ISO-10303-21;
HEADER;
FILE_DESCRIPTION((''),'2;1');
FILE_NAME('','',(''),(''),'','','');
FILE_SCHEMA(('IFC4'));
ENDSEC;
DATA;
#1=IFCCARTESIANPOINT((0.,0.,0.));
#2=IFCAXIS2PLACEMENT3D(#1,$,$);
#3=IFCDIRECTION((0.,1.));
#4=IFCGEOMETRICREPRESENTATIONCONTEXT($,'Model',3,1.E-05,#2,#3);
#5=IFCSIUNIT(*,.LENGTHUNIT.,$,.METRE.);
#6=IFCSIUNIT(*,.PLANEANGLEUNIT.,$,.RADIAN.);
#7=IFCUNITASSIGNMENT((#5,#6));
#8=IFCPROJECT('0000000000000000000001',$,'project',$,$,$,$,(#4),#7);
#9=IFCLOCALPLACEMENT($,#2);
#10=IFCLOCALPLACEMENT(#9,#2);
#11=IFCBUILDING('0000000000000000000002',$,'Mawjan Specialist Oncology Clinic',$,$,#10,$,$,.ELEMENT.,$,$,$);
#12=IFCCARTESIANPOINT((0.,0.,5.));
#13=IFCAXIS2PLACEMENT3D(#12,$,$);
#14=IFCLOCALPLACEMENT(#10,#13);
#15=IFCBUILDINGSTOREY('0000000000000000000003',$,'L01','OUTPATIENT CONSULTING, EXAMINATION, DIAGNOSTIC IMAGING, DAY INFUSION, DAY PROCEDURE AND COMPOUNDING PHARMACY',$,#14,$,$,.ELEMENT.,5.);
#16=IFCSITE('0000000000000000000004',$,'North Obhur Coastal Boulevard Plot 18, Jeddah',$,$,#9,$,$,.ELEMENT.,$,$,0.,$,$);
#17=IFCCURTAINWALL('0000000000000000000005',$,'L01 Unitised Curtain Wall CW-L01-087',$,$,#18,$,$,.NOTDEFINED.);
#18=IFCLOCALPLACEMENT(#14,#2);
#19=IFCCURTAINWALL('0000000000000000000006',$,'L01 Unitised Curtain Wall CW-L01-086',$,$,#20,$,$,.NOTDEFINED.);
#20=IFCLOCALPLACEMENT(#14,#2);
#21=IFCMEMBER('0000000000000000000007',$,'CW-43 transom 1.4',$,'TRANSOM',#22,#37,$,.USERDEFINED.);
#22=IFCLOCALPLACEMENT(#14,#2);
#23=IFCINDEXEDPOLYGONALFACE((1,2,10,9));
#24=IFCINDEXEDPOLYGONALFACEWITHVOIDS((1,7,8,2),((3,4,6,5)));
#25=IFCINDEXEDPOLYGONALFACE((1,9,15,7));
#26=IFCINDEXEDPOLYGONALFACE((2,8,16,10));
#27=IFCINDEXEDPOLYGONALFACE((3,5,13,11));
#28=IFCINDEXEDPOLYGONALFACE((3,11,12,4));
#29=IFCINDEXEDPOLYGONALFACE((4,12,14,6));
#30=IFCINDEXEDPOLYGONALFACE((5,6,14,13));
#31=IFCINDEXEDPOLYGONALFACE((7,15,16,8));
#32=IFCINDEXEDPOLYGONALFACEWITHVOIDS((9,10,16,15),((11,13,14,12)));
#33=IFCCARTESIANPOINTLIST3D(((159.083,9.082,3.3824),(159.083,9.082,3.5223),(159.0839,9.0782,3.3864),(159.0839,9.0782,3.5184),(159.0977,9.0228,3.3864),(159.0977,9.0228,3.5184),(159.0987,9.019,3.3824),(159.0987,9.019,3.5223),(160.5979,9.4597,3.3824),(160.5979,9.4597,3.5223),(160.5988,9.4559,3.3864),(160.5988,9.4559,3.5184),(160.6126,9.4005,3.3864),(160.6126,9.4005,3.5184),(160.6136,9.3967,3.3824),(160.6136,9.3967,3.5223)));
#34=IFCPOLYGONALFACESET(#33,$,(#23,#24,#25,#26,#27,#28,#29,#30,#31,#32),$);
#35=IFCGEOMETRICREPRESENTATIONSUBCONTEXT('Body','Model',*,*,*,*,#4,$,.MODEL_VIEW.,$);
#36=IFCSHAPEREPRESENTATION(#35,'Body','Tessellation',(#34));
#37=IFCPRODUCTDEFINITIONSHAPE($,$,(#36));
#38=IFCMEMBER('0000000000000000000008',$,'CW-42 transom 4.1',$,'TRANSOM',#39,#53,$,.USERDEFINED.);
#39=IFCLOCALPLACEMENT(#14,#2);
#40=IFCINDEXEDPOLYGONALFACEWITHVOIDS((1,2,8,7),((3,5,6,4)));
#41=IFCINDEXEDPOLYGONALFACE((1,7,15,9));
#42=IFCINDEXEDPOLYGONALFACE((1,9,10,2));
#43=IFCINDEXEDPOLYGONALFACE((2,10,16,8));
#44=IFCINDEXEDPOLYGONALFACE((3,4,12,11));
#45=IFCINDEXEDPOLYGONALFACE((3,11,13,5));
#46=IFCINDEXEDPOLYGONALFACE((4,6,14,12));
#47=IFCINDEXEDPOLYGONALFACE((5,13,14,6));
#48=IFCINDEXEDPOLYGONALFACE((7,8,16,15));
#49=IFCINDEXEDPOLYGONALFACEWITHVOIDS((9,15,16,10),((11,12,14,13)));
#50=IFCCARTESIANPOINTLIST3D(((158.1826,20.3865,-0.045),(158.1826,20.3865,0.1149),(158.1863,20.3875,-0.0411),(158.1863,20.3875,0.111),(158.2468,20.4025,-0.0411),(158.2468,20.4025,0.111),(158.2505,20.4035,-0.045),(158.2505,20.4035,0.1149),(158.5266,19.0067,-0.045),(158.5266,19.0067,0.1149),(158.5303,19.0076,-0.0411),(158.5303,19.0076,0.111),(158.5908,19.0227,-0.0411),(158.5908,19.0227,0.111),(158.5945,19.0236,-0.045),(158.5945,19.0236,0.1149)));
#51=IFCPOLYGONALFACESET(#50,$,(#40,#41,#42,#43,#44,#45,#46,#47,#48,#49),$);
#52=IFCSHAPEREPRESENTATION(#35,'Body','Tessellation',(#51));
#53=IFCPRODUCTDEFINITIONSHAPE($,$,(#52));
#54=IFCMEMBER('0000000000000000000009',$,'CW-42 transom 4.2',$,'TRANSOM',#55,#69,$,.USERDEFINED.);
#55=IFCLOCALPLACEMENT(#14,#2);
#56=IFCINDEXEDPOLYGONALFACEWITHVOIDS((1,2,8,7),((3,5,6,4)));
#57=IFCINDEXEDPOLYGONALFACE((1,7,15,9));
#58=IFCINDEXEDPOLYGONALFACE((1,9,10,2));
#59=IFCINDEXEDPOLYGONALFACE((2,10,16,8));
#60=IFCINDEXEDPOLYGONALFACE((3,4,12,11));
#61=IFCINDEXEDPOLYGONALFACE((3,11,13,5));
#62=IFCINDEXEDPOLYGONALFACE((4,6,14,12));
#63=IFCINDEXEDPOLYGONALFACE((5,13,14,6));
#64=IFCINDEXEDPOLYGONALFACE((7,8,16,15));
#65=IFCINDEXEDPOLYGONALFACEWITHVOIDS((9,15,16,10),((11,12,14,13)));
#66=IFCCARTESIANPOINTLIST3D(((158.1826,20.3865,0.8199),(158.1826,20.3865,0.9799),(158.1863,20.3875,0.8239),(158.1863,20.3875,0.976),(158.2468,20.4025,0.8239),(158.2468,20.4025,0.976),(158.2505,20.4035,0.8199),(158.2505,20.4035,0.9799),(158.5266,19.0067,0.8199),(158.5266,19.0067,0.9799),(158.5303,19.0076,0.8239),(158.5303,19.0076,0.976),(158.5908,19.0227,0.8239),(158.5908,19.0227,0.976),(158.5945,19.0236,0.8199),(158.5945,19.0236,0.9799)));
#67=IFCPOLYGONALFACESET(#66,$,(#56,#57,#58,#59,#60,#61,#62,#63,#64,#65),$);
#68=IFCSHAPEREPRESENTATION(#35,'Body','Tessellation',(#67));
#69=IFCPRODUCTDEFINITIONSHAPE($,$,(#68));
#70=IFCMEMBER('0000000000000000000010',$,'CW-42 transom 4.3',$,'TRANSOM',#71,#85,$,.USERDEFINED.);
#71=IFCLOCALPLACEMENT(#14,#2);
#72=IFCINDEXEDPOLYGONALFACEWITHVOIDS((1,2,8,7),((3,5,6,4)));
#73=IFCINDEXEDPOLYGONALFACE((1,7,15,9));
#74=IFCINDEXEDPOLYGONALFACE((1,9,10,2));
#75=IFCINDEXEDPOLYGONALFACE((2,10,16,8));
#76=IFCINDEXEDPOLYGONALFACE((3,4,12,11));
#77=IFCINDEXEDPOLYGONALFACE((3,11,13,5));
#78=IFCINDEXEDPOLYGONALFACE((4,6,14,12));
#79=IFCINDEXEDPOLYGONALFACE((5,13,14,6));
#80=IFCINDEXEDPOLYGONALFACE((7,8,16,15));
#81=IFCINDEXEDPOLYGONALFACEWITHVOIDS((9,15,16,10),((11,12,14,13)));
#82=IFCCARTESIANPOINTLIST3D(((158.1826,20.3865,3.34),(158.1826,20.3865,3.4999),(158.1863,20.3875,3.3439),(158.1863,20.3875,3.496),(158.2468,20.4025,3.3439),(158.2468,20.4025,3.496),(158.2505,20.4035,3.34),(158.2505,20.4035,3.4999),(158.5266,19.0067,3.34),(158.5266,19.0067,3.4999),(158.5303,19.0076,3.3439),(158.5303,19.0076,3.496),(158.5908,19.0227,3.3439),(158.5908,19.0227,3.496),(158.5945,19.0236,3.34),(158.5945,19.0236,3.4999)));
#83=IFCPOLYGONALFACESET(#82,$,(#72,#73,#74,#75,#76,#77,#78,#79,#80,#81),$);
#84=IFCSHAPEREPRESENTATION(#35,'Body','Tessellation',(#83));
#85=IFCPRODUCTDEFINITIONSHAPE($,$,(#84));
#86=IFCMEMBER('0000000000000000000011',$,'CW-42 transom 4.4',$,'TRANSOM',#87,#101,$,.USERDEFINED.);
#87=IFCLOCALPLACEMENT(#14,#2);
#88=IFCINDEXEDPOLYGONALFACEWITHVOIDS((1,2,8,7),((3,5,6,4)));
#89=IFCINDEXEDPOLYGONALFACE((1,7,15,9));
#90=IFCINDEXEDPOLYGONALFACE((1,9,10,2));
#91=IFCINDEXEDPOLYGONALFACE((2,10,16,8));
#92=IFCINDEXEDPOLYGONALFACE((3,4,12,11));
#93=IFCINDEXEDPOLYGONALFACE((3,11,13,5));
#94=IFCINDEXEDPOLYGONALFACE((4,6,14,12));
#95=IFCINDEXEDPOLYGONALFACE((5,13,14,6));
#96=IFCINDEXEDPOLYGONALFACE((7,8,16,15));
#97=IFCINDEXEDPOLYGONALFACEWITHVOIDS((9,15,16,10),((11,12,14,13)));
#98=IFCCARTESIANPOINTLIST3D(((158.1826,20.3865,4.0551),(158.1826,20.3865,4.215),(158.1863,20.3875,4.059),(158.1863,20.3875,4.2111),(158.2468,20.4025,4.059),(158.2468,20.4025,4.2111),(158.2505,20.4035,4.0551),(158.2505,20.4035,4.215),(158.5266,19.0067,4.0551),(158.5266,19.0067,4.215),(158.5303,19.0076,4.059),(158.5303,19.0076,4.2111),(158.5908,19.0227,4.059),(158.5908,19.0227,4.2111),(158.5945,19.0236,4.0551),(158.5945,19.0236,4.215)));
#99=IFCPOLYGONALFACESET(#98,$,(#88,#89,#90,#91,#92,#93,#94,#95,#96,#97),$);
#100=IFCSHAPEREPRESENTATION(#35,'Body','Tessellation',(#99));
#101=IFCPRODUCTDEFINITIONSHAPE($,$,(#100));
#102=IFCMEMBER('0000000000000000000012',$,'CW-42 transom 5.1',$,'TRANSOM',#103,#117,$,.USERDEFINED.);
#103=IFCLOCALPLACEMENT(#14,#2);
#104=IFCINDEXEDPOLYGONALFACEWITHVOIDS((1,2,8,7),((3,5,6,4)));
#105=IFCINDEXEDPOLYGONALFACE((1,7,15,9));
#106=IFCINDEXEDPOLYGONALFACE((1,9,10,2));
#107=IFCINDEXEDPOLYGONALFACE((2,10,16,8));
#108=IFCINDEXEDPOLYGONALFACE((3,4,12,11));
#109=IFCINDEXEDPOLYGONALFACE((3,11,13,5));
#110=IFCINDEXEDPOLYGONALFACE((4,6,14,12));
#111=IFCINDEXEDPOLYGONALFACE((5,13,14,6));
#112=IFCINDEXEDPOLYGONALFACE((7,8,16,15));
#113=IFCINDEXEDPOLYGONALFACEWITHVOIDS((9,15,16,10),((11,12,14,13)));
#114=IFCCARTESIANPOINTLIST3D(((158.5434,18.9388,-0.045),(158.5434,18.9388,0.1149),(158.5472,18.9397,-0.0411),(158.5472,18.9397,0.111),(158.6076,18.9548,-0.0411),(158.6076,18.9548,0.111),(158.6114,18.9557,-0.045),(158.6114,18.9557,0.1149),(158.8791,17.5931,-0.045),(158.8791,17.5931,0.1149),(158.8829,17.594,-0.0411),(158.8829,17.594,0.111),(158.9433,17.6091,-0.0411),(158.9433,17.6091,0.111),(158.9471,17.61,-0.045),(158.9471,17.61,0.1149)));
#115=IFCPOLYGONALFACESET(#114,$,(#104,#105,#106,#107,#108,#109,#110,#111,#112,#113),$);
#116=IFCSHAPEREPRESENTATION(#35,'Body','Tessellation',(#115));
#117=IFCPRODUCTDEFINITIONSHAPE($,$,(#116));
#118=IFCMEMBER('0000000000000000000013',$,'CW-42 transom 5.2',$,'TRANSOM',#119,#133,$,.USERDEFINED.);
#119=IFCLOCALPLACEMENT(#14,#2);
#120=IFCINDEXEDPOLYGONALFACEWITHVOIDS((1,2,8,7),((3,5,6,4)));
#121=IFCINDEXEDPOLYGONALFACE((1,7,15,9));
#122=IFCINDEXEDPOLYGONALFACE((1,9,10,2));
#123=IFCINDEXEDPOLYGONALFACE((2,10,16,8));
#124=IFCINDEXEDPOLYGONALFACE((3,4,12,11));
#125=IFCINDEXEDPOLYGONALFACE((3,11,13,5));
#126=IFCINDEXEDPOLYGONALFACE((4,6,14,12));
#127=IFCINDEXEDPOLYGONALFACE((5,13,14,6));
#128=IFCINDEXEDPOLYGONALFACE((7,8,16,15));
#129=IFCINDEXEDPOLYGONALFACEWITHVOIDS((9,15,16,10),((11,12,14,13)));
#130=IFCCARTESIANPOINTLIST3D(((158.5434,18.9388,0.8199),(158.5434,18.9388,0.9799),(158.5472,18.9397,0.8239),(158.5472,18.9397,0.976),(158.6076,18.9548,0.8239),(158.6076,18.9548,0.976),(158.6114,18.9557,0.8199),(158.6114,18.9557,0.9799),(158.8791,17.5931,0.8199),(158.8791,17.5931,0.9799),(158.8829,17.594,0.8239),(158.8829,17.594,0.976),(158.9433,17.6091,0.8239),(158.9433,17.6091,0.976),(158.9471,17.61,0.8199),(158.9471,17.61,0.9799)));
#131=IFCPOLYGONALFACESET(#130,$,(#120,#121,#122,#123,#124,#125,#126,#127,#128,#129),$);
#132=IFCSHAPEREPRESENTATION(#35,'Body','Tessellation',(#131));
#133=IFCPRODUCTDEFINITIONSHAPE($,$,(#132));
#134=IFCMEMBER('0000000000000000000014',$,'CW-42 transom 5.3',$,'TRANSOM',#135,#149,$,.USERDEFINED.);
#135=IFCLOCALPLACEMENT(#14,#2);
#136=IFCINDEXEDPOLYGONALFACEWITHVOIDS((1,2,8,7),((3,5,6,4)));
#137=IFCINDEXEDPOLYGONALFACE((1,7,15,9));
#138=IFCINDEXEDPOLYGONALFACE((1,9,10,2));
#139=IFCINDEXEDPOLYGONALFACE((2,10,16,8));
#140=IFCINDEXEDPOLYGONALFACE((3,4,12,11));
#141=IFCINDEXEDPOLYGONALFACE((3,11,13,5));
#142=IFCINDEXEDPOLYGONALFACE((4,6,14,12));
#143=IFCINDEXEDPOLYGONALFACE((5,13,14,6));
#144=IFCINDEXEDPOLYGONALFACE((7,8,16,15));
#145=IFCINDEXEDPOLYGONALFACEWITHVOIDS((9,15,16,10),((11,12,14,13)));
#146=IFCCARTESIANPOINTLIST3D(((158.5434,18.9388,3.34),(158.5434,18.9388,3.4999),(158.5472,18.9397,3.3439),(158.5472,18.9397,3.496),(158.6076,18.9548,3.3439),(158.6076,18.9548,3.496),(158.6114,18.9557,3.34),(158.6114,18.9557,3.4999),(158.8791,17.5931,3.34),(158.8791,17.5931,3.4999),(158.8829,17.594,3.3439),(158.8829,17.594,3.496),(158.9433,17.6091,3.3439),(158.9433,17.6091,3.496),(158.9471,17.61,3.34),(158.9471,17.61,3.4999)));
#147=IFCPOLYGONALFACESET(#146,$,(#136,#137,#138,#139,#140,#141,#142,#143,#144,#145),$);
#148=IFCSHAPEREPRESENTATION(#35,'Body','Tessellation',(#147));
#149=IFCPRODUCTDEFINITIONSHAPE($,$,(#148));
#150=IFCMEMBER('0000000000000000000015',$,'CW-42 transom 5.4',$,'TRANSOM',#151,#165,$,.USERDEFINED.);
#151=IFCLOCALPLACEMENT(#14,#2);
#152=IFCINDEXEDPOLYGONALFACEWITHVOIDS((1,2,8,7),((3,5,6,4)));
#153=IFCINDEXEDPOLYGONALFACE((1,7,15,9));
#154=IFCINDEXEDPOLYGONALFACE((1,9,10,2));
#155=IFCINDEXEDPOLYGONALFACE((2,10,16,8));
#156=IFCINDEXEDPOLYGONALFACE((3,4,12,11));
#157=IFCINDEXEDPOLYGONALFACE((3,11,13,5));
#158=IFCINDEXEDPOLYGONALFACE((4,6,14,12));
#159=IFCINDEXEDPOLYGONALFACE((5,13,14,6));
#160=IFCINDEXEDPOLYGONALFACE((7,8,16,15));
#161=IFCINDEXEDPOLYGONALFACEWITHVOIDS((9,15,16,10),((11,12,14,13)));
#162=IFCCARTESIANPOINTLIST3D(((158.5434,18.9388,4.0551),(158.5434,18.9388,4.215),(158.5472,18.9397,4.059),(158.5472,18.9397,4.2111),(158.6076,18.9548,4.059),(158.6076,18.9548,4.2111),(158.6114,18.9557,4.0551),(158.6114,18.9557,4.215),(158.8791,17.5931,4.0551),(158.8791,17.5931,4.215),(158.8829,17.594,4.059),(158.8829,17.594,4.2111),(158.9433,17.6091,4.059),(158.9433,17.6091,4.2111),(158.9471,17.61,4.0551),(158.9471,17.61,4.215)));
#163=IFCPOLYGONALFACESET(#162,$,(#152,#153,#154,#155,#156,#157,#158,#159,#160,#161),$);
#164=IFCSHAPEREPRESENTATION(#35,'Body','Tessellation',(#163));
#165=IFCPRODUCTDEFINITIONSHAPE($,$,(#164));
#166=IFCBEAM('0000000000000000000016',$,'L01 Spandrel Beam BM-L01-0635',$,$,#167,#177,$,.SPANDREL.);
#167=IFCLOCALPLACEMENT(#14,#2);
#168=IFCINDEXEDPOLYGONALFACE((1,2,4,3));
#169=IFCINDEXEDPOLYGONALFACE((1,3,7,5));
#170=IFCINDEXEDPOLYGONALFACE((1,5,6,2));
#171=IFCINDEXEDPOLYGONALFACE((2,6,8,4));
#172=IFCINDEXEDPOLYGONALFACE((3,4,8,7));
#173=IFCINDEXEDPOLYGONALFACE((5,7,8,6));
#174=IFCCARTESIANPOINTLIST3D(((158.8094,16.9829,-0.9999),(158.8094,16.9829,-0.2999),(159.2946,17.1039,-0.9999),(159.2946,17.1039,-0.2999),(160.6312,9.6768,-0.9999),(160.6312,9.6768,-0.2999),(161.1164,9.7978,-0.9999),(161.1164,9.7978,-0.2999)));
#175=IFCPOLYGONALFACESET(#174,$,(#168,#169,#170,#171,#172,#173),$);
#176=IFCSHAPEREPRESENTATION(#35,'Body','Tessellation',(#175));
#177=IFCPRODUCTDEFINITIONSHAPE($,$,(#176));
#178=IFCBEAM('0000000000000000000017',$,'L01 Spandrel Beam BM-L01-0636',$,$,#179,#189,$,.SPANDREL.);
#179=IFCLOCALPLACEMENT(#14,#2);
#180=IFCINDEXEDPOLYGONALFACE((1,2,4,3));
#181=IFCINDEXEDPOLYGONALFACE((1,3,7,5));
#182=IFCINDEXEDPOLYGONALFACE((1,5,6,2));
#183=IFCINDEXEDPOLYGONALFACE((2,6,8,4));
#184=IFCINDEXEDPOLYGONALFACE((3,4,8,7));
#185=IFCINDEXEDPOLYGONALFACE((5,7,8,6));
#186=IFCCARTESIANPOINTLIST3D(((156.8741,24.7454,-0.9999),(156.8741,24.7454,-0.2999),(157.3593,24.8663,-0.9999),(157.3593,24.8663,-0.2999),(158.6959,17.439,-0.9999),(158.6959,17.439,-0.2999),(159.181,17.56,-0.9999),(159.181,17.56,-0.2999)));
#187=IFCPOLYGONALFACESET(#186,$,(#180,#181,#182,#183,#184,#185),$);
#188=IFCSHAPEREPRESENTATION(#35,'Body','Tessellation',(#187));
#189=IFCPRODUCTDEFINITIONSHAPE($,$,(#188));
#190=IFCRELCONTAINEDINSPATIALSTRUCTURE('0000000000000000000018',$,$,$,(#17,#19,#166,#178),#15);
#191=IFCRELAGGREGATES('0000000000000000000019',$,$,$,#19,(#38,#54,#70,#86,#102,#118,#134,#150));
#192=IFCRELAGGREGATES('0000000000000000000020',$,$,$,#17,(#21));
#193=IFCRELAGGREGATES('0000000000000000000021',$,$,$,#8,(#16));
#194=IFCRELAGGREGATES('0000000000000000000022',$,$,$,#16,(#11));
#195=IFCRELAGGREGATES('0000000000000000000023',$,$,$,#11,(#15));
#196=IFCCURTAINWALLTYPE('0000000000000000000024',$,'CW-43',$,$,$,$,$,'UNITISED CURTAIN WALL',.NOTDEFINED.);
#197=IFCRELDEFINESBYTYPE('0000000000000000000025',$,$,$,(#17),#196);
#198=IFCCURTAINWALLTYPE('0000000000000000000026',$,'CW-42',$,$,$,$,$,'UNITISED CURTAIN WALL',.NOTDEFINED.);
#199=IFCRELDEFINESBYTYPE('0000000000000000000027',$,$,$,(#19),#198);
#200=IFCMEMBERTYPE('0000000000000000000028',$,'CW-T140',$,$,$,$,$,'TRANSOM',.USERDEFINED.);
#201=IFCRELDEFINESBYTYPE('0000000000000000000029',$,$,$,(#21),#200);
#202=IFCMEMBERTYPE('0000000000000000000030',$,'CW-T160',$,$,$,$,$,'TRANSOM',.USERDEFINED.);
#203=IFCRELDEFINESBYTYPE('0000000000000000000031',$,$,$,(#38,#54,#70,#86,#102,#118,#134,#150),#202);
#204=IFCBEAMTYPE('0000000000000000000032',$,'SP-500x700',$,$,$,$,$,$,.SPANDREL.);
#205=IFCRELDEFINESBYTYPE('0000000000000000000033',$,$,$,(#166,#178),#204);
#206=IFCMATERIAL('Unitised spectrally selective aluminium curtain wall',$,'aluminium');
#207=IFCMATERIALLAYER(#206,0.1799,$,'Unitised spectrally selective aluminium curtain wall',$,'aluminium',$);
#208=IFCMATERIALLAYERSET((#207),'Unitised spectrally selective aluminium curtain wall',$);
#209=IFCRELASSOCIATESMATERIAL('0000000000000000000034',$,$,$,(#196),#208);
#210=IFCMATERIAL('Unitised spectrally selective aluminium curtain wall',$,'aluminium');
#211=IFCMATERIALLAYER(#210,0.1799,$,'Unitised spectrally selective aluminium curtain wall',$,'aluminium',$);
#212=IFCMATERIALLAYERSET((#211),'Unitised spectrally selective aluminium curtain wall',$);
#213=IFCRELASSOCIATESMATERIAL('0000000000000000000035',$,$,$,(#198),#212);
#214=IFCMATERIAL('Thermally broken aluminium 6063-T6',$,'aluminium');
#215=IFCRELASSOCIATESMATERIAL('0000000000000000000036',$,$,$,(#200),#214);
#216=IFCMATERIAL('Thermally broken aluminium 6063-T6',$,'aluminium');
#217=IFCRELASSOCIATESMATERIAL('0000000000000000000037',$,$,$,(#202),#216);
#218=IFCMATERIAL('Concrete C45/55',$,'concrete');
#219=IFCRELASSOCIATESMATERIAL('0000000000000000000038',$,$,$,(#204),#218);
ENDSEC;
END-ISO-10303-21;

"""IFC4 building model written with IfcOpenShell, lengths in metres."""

from ifc_helpers import new_model, si_unit, direction, frame, origin, origin_2d, place, context, subcontext, project, spatial, rectangle, hollow_rectangle, extrude, material, layer, layer_set, material_profile, profile_set, type_object, element, aggregate, save


model = new_model("IFC4")

# Units and contexts
model_context = context("Model", 3, precision=1e-05, world=origin(), true_north=direction((0.0, 1.0)))
body_context = subcontext(model_context, "Body", "Model", "MODEL_VIEW")
ifc_project = project(units=[si_unit("LENGTHUNIT", "METRE"), si_unit("PLANEANGLEUNIT", "RADIAN")], contexts=[model_context])

# Site, building, storey
site_placement = place(None, origin())
site = spatial("IfcSite", under=ifc_project, at=site_placement, Name="North Obhur Coastal Boulevard Plot 18, Jeddah", CompositionType="ELEMENT", RefElevation=0.0)
building_placement = place(site_placement, origin())
building = spatial("IfcBuilding", under=site, at=building_placement, Name="Mawjan Specialist Oncology Clinic", CompositionType="ELEMENT")
storey_placement = place(building_placement, frame((0.0, 0.0, 5.0)))
storey = spatial("IfcBuildingStorey", under=building, at=storey_placement, Name="L01", Description="OUTPATIENT CONSULTING, EXAMINATION, DIAGNOSTIC IMAGING, DAY INFUSION, DAY PROCEDURE AND COMPOUNDING PHARMACY", CompositionType="ELEMENT", Elevation=5.0)

# Curtain wall
ifc_material_1 = material(Name="Unitised spectrally selective aluminium curtain wall", Category="aluminium")
ifc_layer_1 = layer(ifc_material_1, 0.1799, Name="Unitised spectrally selective aluminium curtain wall", Category="aluminium")
ifc_layer_set_1 = layer_set([ifc_layer_1], Name="Unitised spectrally selective aluminium curtain wall")
curtain_wall_type_1 = type_object("IfcCurtainWallType", Name="CW-43", ElementType="UNITISED CURTAIN WALL", PredefinedType="NOTDEFINED", material=ifc_layer_set_1)
curtain_wall_1_placement = place(storey_placement, origin())
curtain_wall_1 = element("IfcCurtainWall", 1, at=curtain_wall_1_placement, inside=storey, type_object=curtain_wall_type_1, Name="L01 Unitised Curtain Wall CW-L01-087", PredefinedType="NOTDEFINED")

# Curtain wall
ifc_material_2 = material(Name="Unitised spectrally selective aluminium curtain wall", Category="aluminium")
ifc_layer_2 = layer(ifc_material_2, 0.1799, Name="Unitised spectrally selective aluminium curtain wall", Category="aluminium")
ifc_layer_set_2 = layer_set([ifc_layer_2], Name="Unitised spectrally selective aluminium curtain wall")
curtain_wall_type_2 = type_object("IfcCurtainWallType", Name="CW-42", ElementType="UNITISED CURTAIN WALL", PredefinedType="NOTDEFINED", material=ifc_layer_set_2)
curtain_wall_2_placement = place(storey_placement, origin())
curtain_wall_2 = element("IfcCurtainWall", 2, at=curtain_wall_2_placement, inside=storey, type_object=curtain_wall_type_2, Name="L01 Unitised Curtain Wall CW-L01-086", PredefinedType="NOTDEFINED")

# Members
ifc_material_3 = material(Name="Thermally broken aluminium 6063-T6", Category="aluminium")
ifc_material_profile_1 = material_profile(ifc_material_3, hollow_rectangle(XDim=0.0649, YDim=0.1399, WallThickness=0.0039, at=origin_2d()), Name="ALU TRANSOM 140x65x4", Category="aluminium")
ifc_profile_set_1 = profile_set([ifc_material_profile_1], Name="Thermally broken aluminium 6063-T6")
member_type_1 = type_object("IfcMemberType", Name="CW-T140", ElementType="TRANSOM", PredefinedType="USERDEFINED", material=ifc_profile_set_1)
member_1_placement = place(storey_placement, frame((160.6057, 9.4282, 3.4524), z_axis=(-0.970299, -0.24191, 0.0), x_axis=(0.24191, -0.970299, 0.0)))
member_1 = element("IfcMember", 3, at=member_1_placement, type_object=member_type_1, Name="CW-43 transom 1.4", ObjectType="TRANSOM", PredefinedType="USERDEFINED", context=body_context, shape_type="SweptSolid", body=[
    extrude(hollow_rectangle(XDim=0.0649, YDim=0.1399, WallThickness=0.0039, at=origin_2d()), origin(), (0.0, 0.0, 1.0), 1.5613),
])
ifc_material_4 = material(Name="Thermally broken aluminium 6063-T6", Category="aluminium")
ifc_material_profile_2 = material_profile(ifc_material_4, hollow_rectangle(XDim=0.0701, YDim=0.1599, WallThickness=0.0039, at=origin_2d()), Name="ALU TRANSOM 160x70x4", Category="aluminium")
ifc_profile_set_2 = profile_set([ifc_material_profile_2], Name="Thermally broken aluminium 6063-T6")
member_type_2 = type_object("IfcMemberType", Name="CW-T160", ElementType="TRANSOM", PredefinedType="USERDEFINED", material=ifc_profile_set_2)
member_2_placement = place(storey_placement, frame((158.2166, 20.395, 0.0349), z_axis=(0.241889, -0.970304, 0.0), x_axis=(0.970304, 0.241889, 0.0)))
member_2 = element("IfcMember", 4, at=member_2_placement, type_object=member_type_2, Name="CW-42 transom 4.1", ObjectType="TRANSOM", PredefinedType="USERDEFINED", context=body_context, shape_type="SweptSolid", body=[
    extrude(hollow_rectangle(XDim=0.0701, YDim=0.1599, WallThickness=0.0039, at=origin_2d()), origin(), (0.0, 0.0, 1.0), 1.4221),
])
member_3_placement = place(storey_placement, frame((158.2166, 20.395, 0.8999), z_axis=(0.241889, -0.970304, 0.0), x_axis=(0.970304, 0.241889, 0.0)))
member_3 = element("IfcMember", 5, at=member_3_placement, type_object=member_type_2, Name="CW-42 transom 4.2", ObjectType="TRANSOM", PredefinedType="USERDEFINED", context=body_context, shape_type="SweptSolid", body=[
    extrude(hollow_rectangle(XDim=0.0701, YDim=0.1599, WallThickness=0.0039, at=origin_2d()), origin(), (0.0, 0.0, 1.0), 1.4221),
])
member_4_placement = place(storey_placement, frame((158.2166, 20.395, 3.4199), z_axis=(0.241889, -0.970304, 0.0), x_axis=(0.970304, 0.241889, 0.0)))
member_4 = element("IfcMember", 6, at=member_4_placement, type_object=member_type_2, Name="CW-42 transom 4.3", ObjectType="TRANSOM", PredefinedType="USERDEFINED", context=body_context, shape_type="SweptSolid", body=[
    extrude(hollow_rectangle(XDim=0.0701, YDim=0.1599, WallThickness=0.0039, at=origin_2d()), origin(), (0.0, 0.0, 1.0), 1.4221),
])
member_5_placement = place(storey_placement, frame((158.2166, 20.395, 4.135), z_axis=(0.241889, -0.970304, 0.0), x_axis=(0.970304, 0.241889, 0.0)))
member_5 = element("IfcMember", 7, at=member_5_placement, type_object=member_type_2, Name="CW-42 transom 4.4", ObjectType="TRANSOM", PredefinedType="USERDEFINED", context=body_context, shape_type="SweptSolid", body=[
    extrude(hollow_rectangle(XDim=0.0701, YDim=0.1599, WallThickness=0.0039, at=origin_2d()), origin(), (0.0, 0.0, 1.0), 1.4221),
])
member_6_placement = place(storey_placement, frame((158.5774, 18.9473, 0.0349), z_axis=(0.242039, -0.970267, 0.0), x_axis=(0.970267, 0.242039, 0.0)))
member_6 = element("IfcMember", 8, at=member_6_placement, type_object=member_type_2, Name="CW-42 transom 5.1", ObjectType="TRANSOM", PredefinedType="USERDEFINED", context=body_context, shape_type="SweptSolid", body=[
    extrude(hollow_rectangle(XDim=0.0701, YDim=0.1599, WallThickness=0.0039, at=origin_2d()), origin(), (0.0, 0.0, 1.0), 1.387),
])
member_7_placement = place(storey_placement, frame((158.5774, 18.9473, 0.8999), z_axis=(0.242039, -0.970267, 0.0), x_axis=(0.970267, 0.242039, 0.0)))
member_7 = element("IfcMember", 9, at=member_7_placement, type_object=member_type_2, Name="CW-42 transom 5.2", ObjectType="TRANSOM", PredefinedType="USERDEFINED", context=body_context, shape_type="SweptSolid", body=[
    extrude(hollow_rectangle(XDim=0.0701, YDim=0.1599, WallThickness=0.0039, at=origin_2d()), origin(), (0.0, 0.0, 1.0), 1.387),
])
member_8_placement = place(storey_placement, frame((158.5774, 18.9473, 3.4199), z_axis=(0.242039, -0.970267, 0.0), x_axis=(0.970267, 0.242039, 0.0)))
member_8 = element("IfcMember", 10, at=member_8_placement, type_object=member_type_2, Name="CW-42 transom 5.3", ObjectType="TRANSOM", PredefinedType="USERDEFINED", context=body_context, shape_type="SweptSolid", body=[
    extrude(hollow_rectangle(XDim=0.0701, YDim=0.1599, WallThickness=0.0039, at=origin_2d()), origin(), (0.0, 0.0, 1.0), 1.387),
])
member_9_placement = place(storey_placement, frame((158.5774, 18.9473, 4.135), z_axis=(0.242039, -0.970267, 0.0), x_axis=(0.970267, 0.242039, 0.0)))
member_9 = element("IfcMember", 11, at=member_9_placement, type_object=member_type_2, Name="CW-42 transom 5.4", ObjectType="TRANSOM", PredefinedType="USERDEFINED", context=body_context, shape_type="SweptSolid", body=[
    extrude(hollow_rectangle(XDim=0.0701, YDim=0.1599, WallThickness=0.0039, at=origin_2d()), origin(), (0.0, 0.0, 1.0), 1.387),
])

# Beams
ifc_material_5 = material(Name="Concrete C45/55", Category="concrete")
ifc_material_profile_3 = material_profile(ifc_material_5, rectangle(XDim=0.5, YDim=0.7, at=origin_2d()), Name="RC BM 500x700", Category="concrete")
ifc_profile_set_3 = profile_set([ifc_material_profile_3], Name="Concrete C45/55")
beam_type_1 = type_object("IfcBeamType", Name="SP-500x700", PredefinedType="SPANDREL", material=ifc_profile_set_3)
beam_1_placement = place(storey_placement, frame((160.8738, 9.7373, -0.6499), z_axis=(-0.241941, 0.970291, 0.0), x_axis=(-0.970291, -0.241941, 0.0)))
element("IfcBeam", 12, at=beam_1_placement, inside=storey, type_object=beam_type_1, Name="L01 Spandrel Beam BM-L01-0635", PredefinedType="SPANDREL", context=body_context, shape_type="SweptSolid", body=[
    extrude(rectangle(XDim=0.5, YDim=0.7, at=origin_2d()), origin(), (0.0, 0.0, 1.0), 7.5298),
])
beam_2_placement = place(storey_placement, frame((158.9385, 17.4995, -0.6499), z_axis=(-0.241933, 0.970293, 0.0), x_axis=(-0.970293, -0.241933, 0.0)))
element("IfcBeam", 13, at=beam_2_placement, inside=storey, type_object=beam_type_1, Name="L01 Spandrel Beam BM-L01-0636", PredefinedType="SPANDREL", context=body_context, shape_type="SweptSolid", body=[
    extrude(rectangle(XDim=0.5, YDim=0.7, at=origin_2d()), origin(), (0.0, 0.0, 1.0), 7.53),
])

aggregate(curtain_wall_2, [member_2, member_3, member_4, member_5, member_6, member_7, member_8, member_9])
aggregate(curtain_wall_1, [member_1])

save(model, "model.ifc")
